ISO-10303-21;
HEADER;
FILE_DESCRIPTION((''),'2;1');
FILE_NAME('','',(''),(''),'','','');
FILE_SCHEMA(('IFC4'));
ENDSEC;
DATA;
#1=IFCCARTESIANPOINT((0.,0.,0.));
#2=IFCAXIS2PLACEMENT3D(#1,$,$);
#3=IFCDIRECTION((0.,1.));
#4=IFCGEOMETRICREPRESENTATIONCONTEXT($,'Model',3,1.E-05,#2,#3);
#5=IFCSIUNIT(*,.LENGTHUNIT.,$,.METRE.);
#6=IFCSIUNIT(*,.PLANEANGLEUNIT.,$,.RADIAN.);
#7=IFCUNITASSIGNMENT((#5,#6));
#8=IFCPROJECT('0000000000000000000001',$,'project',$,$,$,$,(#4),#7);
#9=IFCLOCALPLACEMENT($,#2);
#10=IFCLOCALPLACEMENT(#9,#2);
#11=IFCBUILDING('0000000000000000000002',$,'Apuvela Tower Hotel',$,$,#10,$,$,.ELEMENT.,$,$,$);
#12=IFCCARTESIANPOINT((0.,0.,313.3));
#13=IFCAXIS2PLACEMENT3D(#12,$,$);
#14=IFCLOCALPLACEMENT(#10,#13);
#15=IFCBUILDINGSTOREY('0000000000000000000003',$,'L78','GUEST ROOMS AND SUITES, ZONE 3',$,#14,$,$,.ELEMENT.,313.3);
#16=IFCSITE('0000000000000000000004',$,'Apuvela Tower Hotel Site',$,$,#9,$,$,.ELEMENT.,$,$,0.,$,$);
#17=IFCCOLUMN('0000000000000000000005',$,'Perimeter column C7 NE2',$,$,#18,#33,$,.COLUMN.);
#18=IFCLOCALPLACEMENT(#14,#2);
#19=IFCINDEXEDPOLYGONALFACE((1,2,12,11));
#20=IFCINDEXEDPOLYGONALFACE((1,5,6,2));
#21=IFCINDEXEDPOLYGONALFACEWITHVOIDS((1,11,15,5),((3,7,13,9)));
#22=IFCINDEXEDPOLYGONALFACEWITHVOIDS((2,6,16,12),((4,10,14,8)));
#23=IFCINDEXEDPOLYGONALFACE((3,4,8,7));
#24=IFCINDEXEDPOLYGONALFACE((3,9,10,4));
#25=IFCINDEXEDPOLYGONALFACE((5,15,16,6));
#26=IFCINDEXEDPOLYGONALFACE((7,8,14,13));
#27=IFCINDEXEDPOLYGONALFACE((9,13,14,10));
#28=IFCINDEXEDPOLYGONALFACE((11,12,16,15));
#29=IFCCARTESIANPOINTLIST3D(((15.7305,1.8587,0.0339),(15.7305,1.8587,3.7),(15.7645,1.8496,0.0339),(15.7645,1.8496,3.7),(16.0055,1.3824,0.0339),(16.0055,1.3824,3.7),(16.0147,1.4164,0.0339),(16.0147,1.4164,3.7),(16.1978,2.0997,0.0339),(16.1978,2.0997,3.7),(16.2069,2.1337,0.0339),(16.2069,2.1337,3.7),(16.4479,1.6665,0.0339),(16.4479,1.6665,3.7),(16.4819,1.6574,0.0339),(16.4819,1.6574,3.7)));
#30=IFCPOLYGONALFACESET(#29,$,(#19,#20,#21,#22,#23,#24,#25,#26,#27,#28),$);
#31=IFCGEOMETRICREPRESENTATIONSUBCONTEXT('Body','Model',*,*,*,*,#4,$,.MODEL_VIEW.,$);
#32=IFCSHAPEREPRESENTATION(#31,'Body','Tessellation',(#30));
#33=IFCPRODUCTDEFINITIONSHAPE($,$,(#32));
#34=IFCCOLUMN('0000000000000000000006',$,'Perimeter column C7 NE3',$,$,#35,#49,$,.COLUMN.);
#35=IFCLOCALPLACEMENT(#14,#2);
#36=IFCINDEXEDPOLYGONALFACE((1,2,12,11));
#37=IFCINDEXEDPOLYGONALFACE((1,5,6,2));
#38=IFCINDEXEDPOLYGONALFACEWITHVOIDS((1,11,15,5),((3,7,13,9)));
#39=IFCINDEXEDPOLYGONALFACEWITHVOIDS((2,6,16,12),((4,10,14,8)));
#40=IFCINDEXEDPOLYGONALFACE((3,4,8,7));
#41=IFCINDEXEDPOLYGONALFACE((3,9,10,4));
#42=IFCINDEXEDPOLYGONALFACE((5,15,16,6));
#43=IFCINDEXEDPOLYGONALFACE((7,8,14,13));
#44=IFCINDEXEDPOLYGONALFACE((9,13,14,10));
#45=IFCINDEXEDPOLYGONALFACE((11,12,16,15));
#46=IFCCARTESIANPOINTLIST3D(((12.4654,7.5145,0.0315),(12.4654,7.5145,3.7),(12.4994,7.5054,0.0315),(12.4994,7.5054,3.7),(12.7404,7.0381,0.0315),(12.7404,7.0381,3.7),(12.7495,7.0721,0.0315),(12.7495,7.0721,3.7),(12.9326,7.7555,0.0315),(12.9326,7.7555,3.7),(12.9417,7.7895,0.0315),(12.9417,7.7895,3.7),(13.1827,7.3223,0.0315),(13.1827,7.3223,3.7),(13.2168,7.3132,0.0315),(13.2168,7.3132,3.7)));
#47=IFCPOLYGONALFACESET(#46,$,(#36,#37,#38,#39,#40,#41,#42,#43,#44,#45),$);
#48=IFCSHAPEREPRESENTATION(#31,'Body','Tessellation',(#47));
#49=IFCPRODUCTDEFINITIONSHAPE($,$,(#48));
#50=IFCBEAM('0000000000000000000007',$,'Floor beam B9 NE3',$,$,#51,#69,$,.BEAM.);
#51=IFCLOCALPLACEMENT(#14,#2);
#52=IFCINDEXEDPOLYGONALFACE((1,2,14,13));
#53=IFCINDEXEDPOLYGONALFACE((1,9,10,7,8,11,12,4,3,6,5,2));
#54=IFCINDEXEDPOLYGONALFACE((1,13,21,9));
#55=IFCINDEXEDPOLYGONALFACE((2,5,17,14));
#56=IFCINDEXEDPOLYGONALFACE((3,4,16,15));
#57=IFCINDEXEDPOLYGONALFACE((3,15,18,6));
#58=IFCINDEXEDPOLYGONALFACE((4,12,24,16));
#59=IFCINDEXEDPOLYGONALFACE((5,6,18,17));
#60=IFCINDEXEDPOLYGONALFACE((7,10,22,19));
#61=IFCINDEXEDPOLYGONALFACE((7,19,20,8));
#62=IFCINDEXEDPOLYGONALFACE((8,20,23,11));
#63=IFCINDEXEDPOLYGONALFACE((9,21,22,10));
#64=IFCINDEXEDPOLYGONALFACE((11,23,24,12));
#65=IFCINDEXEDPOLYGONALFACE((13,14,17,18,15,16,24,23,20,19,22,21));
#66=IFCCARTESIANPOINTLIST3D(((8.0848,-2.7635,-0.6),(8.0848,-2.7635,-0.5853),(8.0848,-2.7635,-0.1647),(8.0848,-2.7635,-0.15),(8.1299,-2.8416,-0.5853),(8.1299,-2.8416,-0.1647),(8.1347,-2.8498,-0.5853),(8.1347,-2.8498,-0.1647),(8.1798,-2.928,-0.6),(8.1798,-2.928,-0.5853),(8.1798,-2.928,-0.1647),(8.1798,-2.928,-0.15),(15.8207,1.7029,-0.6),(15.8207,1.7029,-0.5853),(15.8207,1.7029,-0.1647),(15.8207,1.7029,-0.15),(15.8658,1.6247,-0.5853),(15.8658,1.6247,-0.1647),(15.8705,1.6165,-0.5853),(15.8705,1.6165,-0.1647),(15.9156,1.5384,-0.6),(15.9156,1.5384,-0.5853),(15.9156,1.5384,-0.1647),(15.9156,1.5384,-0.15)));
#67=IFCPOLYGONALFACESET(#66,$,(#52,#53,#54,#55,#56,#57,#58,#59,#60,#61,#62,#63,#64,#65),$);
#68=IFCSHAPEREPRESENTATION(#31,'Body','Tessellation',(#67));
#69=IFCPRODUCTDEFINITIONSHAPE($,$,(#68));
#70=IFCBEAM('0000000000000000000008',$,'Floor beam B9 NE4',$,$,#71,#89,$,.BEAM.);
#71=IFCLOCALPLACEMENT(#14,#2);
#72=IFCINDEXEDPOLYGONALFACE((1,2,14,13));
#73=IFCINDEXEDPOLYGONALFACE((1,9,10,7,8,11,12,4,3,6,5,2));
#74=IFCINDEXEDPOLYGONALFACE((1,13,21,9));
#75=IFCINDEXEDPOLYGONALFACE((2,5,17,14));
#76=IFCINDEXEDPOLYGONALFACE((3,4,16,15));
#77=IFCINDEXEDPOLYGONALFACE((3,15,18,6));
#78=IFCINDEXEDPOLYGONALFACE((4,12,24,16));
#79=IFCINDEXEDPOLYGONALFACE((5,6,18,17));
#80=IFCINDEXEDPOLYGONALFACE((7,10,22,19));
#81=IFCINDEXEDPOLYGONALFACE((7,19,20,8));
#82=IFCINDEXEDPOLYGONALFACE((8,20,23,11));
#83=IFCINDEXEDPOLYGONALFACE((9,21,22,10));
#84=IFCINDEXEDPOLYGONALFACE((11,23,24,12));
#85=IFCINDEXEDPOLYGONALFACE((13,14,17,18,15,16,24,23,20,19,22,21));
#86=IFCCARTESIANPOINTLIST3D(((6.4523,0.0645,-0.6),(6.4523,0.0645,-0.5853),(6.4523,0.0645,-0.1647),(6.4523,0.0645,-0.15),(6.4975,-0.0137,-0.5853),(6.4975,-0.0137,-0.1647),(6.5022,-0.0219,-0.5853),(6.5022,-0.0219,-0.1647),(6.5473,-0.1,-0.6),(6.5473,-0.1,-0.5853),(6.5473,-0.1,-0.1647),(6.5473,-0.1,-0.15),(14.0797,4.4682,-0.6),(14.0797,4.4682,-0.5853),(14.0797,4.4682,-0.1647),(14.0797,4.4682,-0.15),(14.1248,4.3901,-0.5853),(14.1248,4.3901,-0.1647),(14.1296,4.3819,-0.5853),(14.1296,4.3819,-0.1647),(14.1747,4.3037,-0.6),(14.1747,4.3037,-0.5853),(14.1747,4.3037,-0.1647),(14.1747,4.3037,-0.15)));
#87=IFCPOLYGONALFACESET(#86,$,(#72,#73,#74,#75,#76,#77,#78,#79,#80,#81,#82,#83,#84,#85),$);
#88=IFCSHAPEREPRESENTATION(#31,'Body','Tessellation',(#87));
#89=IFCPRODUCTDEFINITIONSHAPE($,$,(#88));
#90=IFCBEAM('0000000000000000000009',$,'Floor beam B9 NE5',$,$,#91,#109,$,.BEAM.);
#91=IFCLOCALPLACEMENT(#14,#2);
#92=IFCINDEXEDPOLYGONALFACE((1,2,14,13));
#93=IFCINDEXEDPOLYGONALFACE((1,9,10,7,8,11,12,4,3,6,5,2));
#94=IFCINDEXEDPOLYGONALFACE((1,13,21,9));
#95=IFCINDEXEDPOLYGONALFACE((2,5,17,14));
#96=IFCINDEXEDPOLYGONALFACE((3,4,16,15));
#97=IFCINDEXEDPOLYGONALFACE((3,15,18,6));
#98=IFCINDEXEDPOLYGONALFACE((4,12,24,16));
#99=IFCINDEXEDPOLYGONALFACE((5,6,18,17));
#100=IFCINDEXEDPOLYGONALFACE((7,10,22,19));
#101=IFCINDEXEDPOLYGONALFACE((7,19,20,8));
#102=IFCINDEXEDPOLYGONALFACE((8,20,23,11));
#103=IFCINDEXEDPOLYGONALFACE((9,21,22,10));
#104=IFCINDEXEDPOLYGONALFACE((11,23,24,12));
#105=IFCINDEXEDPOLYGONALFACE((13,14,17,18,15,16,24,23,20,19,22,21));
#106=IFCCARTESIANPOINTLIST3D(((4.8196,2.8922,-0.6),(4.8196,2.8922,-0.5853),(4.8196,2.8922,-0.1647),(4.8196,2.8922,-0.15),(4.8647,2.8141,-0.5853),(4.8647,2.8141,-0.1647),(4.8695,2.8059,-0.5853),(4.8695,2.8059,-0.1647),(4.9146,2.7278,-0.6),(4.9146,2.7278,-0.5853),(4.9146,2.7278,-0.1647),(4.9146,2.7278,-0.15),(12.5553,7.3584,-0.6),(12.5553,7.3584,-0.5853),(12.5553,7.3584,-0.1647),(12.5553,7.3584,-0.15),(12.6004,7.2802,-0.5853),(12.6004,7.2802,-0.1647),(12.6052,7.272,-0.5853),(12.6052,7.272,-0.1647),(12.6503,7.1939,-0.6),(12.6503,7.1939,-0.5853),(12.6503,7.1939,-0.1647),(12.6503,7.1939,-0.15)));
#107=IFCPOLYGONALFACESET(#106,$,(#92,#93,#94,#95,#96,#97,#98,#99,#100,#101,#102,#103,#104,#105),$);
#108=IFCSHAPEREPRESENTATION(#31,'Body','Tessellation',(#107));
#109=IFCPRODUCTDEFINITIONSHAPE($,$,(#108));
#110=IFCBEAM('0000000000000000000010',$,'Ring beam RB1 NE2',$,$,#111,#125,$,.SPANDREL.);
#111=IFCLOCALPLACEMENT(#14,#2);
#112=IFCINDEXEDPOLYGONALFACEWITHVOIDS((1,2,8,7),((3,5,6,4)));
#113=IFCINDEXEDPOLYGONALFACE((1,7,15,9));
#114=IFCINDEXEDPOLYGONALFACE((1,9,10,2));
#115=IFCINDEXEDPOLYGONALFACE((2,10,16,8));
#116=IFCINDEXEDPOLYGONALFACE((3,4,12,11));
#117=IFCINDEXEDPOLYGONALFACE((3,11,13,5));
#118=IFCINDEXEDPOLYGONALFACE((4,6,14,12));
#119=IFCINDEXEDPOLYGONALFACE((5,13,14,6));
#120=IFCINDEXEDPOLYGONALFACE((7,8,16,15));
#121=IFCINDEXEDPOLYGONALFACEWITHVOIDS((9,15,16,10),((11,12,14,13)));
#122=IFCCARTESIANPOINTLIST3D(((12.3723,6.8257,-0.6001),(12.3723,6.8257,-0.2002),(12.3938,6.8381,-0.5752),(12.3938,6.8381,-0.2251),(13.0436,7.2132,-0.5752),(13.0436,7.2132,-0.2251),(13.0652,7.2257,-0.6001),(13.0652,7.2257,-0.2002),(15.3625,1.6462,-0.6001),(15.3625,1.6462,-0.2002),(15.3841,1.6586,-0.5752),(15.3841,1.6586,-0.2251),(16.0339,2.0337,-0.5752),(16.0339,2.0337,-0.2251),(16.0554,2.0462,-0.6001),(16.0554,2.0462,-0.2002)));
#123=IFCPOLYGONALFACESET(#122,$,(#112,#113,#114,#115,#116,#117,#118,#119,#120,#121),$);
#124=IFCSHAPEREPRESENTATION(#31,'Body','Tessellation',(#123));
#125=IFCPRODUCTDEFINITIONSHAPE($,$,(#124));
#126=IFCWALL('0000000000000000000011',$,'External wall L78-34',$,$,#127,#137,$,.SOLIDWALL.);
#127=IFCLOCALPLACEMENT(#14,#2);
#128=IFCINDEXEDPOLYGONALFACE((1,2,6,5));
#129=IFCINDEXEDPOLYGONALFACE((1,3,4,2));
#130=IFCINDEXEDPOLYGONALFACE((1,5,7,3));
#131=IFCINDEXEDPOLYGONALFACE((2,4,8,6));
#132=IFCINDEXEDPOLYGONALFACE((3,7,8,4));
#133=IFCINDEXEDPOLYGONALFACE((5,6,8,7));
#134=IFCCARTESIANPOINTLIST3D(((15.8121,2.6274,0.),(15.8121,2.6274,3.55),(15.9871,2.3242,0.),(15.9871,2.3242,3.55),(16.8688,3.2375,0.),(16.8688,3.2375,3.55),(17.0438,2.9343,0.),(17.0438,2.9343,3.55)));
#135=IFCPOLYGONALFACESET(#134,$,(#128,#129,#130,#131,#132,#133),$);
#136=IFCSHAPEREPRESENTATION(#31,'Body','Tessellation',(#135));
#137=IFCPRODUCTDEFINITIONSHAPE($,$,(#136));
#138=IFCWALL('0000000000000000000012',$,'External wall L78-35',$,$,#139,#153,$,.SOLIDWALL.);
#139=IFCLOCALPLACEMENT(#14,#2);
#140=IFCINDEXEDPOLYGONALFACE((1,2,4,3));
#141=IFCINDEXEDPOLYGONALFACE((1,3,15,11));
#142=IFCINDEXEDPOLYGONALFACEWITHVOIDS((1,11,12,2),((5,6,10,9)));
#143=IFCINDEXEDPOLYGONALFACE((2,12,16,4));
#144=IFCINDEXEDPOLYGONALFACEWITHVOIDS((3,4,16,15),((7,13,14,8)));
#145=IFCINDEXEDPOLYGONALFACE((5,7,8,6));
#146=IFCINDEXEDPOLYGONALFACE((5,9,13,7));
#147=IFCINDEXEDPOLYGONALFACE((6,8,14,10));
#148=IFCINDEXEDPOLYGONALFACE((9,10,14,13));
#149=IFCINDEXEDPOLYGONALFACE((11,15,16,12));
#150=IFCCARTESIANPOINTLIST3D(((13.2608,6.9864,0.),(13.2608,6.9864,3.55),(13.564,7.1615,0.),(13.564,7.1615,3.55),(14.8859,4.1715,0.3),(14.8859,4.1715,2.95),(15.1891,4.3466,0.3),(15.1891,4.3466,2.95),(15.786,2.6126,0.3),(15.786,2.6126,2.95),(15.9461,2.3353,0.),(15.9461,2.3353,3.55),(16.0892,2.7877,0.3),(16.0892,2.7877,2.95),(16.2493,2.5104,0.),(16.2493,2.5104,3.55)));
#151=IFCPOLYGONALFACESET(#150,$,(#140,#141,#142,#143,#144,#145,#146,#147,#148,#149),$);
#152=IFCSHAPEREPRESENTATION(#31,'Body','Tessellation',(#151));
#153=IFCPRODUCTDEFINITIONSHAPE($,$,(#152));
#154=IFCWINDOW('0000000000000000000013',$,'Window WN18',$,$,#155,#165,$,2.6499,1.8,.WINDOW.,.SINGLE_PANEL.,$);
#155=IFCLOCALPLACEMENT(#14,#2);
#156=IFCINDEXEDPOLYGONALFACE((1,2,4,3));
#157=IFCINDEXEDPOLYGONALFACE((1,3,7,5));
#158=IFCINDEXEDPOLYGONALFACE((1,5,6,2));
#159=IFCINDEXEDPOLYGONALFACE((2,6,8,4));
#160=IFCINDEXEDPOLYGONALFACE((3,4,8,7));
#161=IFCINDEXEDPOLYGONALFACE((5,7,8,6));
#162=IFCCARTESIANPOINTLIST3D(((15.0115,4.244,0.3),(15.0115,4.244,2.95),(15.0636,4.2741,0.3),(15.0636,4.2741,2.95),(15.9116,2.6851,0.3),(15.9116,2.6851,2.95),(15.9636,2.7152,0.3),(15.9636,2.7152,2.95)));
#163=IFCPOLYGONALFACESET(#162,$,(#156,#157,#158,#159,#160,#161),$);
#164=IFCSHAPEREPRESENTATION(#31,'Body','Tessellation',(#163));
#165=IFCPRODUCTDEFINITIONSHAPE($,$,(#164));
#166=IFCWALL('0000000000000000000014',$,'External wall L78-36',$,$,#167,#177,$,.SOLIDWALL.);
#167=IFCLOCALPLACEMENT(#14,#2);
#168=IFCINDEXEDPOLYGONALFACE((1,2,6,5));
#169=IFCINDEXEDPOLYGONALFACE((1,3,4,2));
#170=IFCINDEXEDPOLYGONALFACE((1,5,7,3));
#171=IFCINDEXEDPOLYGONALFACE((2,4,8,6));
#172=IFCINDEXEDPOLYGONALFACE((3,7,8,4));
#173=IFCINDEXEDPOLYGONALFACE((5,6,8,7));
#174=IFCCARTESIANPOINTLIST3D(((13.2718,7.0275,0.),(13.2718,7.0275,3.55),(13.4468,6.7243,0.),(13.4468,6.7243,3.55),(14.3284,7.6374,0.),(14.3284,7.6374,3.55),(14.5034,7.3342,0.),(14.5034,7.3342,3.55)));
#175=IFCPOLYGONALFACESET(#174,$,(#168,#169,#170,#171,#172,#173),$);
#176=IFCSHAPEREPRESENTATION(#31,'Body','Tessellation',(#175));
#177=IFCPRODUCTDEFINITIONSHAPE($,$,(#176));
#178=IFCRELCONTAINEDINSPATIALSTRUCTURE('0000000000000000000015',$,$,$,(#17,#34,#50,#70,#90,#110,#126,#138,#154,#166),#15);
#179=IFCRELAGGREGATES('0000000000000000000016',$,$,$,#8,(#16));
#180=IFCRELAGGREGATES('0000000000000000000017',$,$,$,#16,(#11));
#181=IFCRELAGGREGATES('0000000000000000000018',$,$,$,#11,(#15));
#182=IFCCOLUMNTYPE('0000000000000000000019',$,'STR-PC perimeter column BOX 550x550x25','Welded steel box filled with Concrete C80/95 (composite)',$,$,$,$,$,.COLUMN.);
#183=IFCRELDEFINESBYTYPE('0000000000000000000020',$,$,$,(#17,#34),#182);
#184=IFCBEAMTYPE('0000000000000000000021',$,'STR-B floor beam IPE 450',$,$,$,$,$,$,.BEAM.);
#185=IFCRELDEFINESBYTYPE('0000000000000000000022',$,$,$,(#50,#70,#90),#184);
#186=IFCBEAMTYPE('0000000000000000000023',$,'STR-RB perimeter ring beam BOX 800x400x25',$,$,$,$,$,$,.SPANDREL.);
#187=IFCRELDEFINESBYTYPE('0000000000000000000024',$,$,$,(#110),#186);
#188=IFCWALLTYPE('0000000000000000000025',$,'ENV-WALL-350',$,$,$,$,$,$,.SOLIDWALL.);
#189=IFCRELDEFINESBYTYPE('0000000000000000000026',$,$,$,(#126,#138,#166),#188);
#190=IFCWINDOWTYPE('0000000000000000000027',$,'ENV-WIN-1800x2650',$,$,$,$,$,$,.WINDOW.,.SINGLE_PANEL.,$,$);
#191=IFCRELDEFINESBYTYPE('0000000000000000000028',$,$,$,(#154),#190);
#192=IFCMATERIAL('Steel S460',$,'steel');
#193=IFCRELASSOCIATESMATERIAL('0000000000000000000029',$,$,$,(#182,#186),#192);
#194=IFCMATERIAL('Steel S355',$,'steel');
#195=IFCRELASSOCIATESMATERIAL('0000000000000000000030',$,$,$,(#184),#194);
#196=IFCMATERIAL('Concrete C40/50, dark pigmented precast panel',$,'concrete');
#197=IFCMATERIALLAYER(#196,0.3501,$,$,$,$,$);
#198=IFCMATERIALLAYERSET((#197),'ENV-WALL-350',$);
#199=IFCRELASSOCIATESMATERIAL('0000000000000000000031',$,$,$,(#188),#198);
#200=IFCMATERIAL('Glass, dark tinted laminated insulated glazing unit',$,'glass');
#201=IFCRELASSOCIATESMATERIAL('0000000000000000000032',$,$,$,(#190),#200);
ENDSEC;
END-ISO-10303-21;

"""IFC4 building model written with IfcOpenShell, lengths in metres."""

from ifc_helpers import new_model, si_unit, direction, frame, frame_2d, origin, origin_2d, place, context, subcontext, project, spatial, rectangle, hollow_rectangle, i_section, extrude, boolean, halfspace, material, layer, layer_set, material_profile, profile_set, type_object, element, fill, save


model = new_model("IFC4")

# Units and contexts
model_context = context("Model", 3, precision=1e-05, world=origin(), true_north=direction((0.0, 1.0)))
body_context = subcontext(model_context, "Body", "Model", "MODEL_VIEW")
ifc_project = project(units=[si_unit("LENGTHUNIT", "METRE"), si_unit("PLANEANGLEUNIT", "RADIAN")], contexts=[model_context])

# Site, building, storey
site_placement = place(None, origin())
site = spatial("IfcSite", under=ifc_project, at=site_placement, Name="Apuvela Tower Hotel Site", CompositionType="ELEMENT", RefElevation=0.0)
building_placement = place(site_placement, origin())
building = spatial("IfcBuilding", under=site, at=building_placement, Name="Apuvela Tower Hotel", CompositionType="ELEMENT")
storey_placement = place(building_placement, frame((0.0, 0.0, 313.3)))
storey = spatial("IfcBuildingStorey", under=building, at=storey_placement, Name="L78", Description="GUEST ROOMS AND SUITES, ZONE 3", CompositionType="ELEMENT", Elevation=313.3)

# Columns
ifc_material_1 = material(Name="Steel S460", Category="steel")
ifc_material_profile_1 = material_profile(ifc_material_1, hollow_rectangle(XDim=0.55, YDim=0.55, WallThickness=0.0249, at=origin_2d()), Name="BOX 550x550x25")
ifc_material_2 = material(Name="Concrete C80/95", Category="concrete")
ifc_material_profile_2 = material_profile(ifc_material_2, rectangle(XDim=0.5, YDim=0.5, at=origin_2d()), Name="Concrete C80/95 infill")
ifc_profile_set_1 = profile_set([ifc_material_profile_1, ifc_material_profile_2], Name="Steel S460")
column_type = type_object("IfcColumnType", Name="STR-PC perimeter column BOX 550x550x25", Description="Welded steel box filled with Concrete C80/95 (composite)", PredefinedType="COLUMN", material=ifc_profile_set_1)
column_1_placement = place(storey_placement, frame((16.1062, 1.7581, 0.0), z_axis=(0.0, 0.0, 1.0), x_axis=(-0.5, 0.866025, 0.0)))
element("IfcColumn", 1, at=column_1_placement, inside=storey, type_object=column_type, Name="Perimeter column C7 NE2", PredefinedType="COLUMN", context=body_context, shape_type="SweptSolid", body=[
    boolean("DIFFERENCE", extrude(hollow_rectangle(XDim=0.55, YDim=0.55, WallThickness=0.0249, at=origin_2d()), origin(), (0.0, 0.0, 1.0), 3.7), halfspace(frame((0.0, 0.0, 0.0339), z_axis=(0.0, 0.0, 1.0), x_axis=(1.0, 0.0, 0.0)), True)),
])
column_2_placement = place(storey_placement, frame((12.8411, 7.4138, 0.0), z_axis=(0.0, 0.0, 1.0), x_axis=(-0.5, 0.866025, 0.0)))
element("IfcColumn", 2, at=column_2_placement, inside=storey, type_object=column_type, Name="Perimeter column C7 NE3", PredefinedType="COLUMN", context=body_context, shape_type="SweptSolid", body=[
    boolean("DIFFERENCE", extrude(hollow_rectangle(XDim=0.55, YDim=0.55, WallThickness=0.0249, at=origin_2d()), origin(), (0.0, 0.0, 1.0), 3.7), halfspace(frame((0.0, 0.0, 0.0315), z_axis=(0.0, 0.0, 1.0), x_axis=(1.0, 0.0, 0.0)), True)),
])

# Beams
ifc_material_3 = material(Name="Steel S355", Category="steel")
ifc_material_profile_3 = material_profile(ifc_material_3, i_section(OverallWidth=0.1899, OverallDepth=0.45, WebThickness=0.0095, FlangeThickness=0.0146, at=origin_2d()), Name="IPE 450")
ifc_profile_set_2 = profile_set([ifc_material_profile_3], Name="Steel S355")
beam_type_1 = type_object("IfcBeamType", Name="STR-B floor beam IPE 450", PredefinedType="BEAM", material=ifc_profile_set_2)
beam_1_placement = place(storey_placement, frame((15.8682, 1.6206, -0.375), z_axis=(-0.866024, -0.500002, 0.0), x_axis=(0.500002, -0.866024, 0.0)))
element("IfcBeam", 3, at=beam_1_placement, inside=storey, type_object=beam_type_1, Name="Floor beam B9 NE3", PredefinedType="BEAM", context=body_context, shape_type="SweptSolid", body=[
    extrude(i_section(OverallWidth=0.1899, OverallDepth=0.45, WebThickness=0.0095, FlangeThickness=0.0146, at=origin_2d()), origin(), (0.0, 0.0, 1.0), 8.9326),
])
beam_2_placement = place(storey_placement, frame((14.1272, 4.386, -0.375), z_axis=(-0.86602, -0.500009, 0.0), x_axis=(0.500009, -0.86602, 0.0)))
element("IfcBeam", 4, at=beam_2_placement, inside=storey, type_object=beam_type_1, Name="Floor beam B9 NE4", PredefinedType="BEAM", context=body_context, shape_type="SweptSolid", body=[
    extrude(i_section(OverallWidth=0.1899, OverallDepth=0.45, WebThickness=0.0095, FlangeThickness=0.0146, at=origin_2d()), origin(), (0.0, 0.0, 1.0), 8.8074),
])
beam_3_placement = place(storey_placement, frame((12.6028, 7.2761, -0.375), z_axis=(-0.866029, -0.499993, 0.0), x_axis=(0.499993, -0.866029, 0.0)))
element("IfcBeam", 5, at=beam_3_placement, inside=storey, type_object=beam_type_1, Name="Floor beam B9 NE5", PredefinedType="BEAM", context=body_context, shape_type="SweptSolid", body=[
    extrude(i_section(OverallWidth=0.1899, OverallDepth=0.45, WebThickness=0.0095, FlangeThickness=0.0146, at=origin_2d()), origin(), (0.0, 0.0, 1.0), 8.9324),
])
ifc_material_profile_4 = material_profile(ifc_material_1, hollow_rectangle(XDim=0.8, YDim=0.3999, WallThickness=0.0249, at=origin_2d()), Name="BOX 800x400x25")
ifc_profile_set_3 = profile_set([ifc_material_profile_4], Name="Steel S460")
beam_type_2 = type_object("IfcBeamType", Name="STR-RB perimeter ring beam BOX 800x400x25", PredefinedType="SPANDREL", material=ifc_profile_set_3)
beam_4_placement = place(storey_placement, frame((15.709, 1.8462, -0.4001), z_axis=(-0.499985, 0.866034, 0.0), x_axis=(-0.866034, -0.499985, 0.0)))
element("IfcBeam", 6, at=beam_4_placement, inside=storey, type_object=beam_type_2, Name="Ring beam RB1 NE2", PredefinedType="SPANDREL", context=body_context, shape_type="SweptSolid", body=[
    extrude(hollow_rectangle(XDim=0.8, YDim=0.3999, WallThickness=0.0249, at=origin_2d()), origin(), (0.0, 0.0, 1.0), 5.9807),
])

# Wall
ifc_material_4 = material(Name="Concrete C40/50, dark pigmented precast panel", Category="concrete")
ifc_layer_1 = layer(ifc_material_4, 0.3501)
ifc_layer_set_1 = layer_set([ifc_layer_1], Name="ENV-WALL-350")
wall_type_1 = type_object("IfcWallType", Name="ENV-WALL-350", PredefinedType="SOLIDWALL", material=ifc_layer_set_1)
wall_1_placement = place(storey_placement, frame((16.9563, 3.0859, 0.0), z_axis=(0.0, 0.0, 1.0), x_axis=(-0.866006, -0.500034, 0.0)))
element("IfcWall", 7, at=wall_1_placement, inside=storey, type_object=wall_type_1, Name="External wall L78-34", PredefinedType="SOLIDWALL", context=body_context, shape_type="SweptSolid", body=[
    extrude(rectangle(XDim=1.2202, YDim=0.3501, at=frame_2d((0.6101, 0.0))), origin(), (0.0, 0.0, 1.0), 3.55),
])

# Wall, opening, window
wall_2_placement = place(storey_placement, frame((16.0977, 2.4229, 0.0), z_axis=(0.0, 0.0, 1.0), x_axis=(-0.499997, 0.866027, 0.0)))
wall_2 = element("IfcWall", 8, at=wall_2_placement, inside=storey, type_object=wall_type_1, Name="External wall L78-35", PredefinedType="SOLIDWALL", context=body_context, shape_type="SweptSolid", body=[
    extrude(rectangle(XDim=5.3706, YDim=0.3501, at=frame_2d((2.6853, 0.0))), origin(), (0.0, 0.0, 1.0), 3.55),
])
opening_1_placement = place(wall_2_placement, frame((0.3203, 0.0, 0.3)))
opening_1 = element("IfcOpeningElement", 9, at=opening_1_placement, cuts=wall_2, PredefinedType="OPENING", context=body_context, shape_type="SweptSolid", body=[
    extrude(rectangle(XDim=1.8, YDim=2.6499, at=frame_2d((0.8999, 1.325))), frame((0.0, 0.1851, 0.0), z_axis=(0.0, -1.0, 0.0), x_axis=(1.0, 0.0, 0.0)), (0.0, 0.0, 1.0), 0.3701),
])
ifc_material_5 = material(Name="Glass, dark tinted laminated insulated glazing unit", Category="glass")
window_type_1 = type_object("IfcWindowType", Name="ENV-WIN-1800x2650", PartitioningType="SINGLE_PANEL", PredefinedType="WINDOW", material=ifc_material_5)
window_1_placement = place(opening_1_placement, origin())
window_1 = element("IfcWindow", 10, at=window_1_placement, inside=storey, type_object=window_type_1, Name="Window WN18", OverallHeight=2.6499, OverallWidth=1.8, PartitioningType="SINGLE_PANEL", PredefinedType="WINDOW", context=body_context, shape_type="SweptSolid", body=[
    extrude(rectangle(XDim=1.8, YDim=2.6499, at=frame_2d((0.8999, 1.325))), frame((0.0, 0.03, 0.0), z_axis=(0.0, -1.0, 0.0), x_axis=(1.0, 0.0, 0.0)), (0.0, 0.0, 1.0), 0.0601),
])
fill(opening_1, window_1)

# Wall
wall_3_placement = place(storey_placement, frame((13.3594, 6.876, 0.0), z_axis=(0.0, 0.0, 1.0), x_axis=(0.866092, 0.499884, 0.0)))
element("IfcWall", 11, at=wall_3_placement, inside=storey, type_object=wall_type_1, Name="External wall L78-36", PredefinedType="SOLIDWALL", context=body_context, shape_type="SweptSolid", body=[
    extrude(rectangle(XDim=1.22, YDim=0.3501, at=frame_2d((0.6099, 0.0))), origin(), (0.0, 0.0, 1.0), 3.55),
])

save(model, "model.ifc")
